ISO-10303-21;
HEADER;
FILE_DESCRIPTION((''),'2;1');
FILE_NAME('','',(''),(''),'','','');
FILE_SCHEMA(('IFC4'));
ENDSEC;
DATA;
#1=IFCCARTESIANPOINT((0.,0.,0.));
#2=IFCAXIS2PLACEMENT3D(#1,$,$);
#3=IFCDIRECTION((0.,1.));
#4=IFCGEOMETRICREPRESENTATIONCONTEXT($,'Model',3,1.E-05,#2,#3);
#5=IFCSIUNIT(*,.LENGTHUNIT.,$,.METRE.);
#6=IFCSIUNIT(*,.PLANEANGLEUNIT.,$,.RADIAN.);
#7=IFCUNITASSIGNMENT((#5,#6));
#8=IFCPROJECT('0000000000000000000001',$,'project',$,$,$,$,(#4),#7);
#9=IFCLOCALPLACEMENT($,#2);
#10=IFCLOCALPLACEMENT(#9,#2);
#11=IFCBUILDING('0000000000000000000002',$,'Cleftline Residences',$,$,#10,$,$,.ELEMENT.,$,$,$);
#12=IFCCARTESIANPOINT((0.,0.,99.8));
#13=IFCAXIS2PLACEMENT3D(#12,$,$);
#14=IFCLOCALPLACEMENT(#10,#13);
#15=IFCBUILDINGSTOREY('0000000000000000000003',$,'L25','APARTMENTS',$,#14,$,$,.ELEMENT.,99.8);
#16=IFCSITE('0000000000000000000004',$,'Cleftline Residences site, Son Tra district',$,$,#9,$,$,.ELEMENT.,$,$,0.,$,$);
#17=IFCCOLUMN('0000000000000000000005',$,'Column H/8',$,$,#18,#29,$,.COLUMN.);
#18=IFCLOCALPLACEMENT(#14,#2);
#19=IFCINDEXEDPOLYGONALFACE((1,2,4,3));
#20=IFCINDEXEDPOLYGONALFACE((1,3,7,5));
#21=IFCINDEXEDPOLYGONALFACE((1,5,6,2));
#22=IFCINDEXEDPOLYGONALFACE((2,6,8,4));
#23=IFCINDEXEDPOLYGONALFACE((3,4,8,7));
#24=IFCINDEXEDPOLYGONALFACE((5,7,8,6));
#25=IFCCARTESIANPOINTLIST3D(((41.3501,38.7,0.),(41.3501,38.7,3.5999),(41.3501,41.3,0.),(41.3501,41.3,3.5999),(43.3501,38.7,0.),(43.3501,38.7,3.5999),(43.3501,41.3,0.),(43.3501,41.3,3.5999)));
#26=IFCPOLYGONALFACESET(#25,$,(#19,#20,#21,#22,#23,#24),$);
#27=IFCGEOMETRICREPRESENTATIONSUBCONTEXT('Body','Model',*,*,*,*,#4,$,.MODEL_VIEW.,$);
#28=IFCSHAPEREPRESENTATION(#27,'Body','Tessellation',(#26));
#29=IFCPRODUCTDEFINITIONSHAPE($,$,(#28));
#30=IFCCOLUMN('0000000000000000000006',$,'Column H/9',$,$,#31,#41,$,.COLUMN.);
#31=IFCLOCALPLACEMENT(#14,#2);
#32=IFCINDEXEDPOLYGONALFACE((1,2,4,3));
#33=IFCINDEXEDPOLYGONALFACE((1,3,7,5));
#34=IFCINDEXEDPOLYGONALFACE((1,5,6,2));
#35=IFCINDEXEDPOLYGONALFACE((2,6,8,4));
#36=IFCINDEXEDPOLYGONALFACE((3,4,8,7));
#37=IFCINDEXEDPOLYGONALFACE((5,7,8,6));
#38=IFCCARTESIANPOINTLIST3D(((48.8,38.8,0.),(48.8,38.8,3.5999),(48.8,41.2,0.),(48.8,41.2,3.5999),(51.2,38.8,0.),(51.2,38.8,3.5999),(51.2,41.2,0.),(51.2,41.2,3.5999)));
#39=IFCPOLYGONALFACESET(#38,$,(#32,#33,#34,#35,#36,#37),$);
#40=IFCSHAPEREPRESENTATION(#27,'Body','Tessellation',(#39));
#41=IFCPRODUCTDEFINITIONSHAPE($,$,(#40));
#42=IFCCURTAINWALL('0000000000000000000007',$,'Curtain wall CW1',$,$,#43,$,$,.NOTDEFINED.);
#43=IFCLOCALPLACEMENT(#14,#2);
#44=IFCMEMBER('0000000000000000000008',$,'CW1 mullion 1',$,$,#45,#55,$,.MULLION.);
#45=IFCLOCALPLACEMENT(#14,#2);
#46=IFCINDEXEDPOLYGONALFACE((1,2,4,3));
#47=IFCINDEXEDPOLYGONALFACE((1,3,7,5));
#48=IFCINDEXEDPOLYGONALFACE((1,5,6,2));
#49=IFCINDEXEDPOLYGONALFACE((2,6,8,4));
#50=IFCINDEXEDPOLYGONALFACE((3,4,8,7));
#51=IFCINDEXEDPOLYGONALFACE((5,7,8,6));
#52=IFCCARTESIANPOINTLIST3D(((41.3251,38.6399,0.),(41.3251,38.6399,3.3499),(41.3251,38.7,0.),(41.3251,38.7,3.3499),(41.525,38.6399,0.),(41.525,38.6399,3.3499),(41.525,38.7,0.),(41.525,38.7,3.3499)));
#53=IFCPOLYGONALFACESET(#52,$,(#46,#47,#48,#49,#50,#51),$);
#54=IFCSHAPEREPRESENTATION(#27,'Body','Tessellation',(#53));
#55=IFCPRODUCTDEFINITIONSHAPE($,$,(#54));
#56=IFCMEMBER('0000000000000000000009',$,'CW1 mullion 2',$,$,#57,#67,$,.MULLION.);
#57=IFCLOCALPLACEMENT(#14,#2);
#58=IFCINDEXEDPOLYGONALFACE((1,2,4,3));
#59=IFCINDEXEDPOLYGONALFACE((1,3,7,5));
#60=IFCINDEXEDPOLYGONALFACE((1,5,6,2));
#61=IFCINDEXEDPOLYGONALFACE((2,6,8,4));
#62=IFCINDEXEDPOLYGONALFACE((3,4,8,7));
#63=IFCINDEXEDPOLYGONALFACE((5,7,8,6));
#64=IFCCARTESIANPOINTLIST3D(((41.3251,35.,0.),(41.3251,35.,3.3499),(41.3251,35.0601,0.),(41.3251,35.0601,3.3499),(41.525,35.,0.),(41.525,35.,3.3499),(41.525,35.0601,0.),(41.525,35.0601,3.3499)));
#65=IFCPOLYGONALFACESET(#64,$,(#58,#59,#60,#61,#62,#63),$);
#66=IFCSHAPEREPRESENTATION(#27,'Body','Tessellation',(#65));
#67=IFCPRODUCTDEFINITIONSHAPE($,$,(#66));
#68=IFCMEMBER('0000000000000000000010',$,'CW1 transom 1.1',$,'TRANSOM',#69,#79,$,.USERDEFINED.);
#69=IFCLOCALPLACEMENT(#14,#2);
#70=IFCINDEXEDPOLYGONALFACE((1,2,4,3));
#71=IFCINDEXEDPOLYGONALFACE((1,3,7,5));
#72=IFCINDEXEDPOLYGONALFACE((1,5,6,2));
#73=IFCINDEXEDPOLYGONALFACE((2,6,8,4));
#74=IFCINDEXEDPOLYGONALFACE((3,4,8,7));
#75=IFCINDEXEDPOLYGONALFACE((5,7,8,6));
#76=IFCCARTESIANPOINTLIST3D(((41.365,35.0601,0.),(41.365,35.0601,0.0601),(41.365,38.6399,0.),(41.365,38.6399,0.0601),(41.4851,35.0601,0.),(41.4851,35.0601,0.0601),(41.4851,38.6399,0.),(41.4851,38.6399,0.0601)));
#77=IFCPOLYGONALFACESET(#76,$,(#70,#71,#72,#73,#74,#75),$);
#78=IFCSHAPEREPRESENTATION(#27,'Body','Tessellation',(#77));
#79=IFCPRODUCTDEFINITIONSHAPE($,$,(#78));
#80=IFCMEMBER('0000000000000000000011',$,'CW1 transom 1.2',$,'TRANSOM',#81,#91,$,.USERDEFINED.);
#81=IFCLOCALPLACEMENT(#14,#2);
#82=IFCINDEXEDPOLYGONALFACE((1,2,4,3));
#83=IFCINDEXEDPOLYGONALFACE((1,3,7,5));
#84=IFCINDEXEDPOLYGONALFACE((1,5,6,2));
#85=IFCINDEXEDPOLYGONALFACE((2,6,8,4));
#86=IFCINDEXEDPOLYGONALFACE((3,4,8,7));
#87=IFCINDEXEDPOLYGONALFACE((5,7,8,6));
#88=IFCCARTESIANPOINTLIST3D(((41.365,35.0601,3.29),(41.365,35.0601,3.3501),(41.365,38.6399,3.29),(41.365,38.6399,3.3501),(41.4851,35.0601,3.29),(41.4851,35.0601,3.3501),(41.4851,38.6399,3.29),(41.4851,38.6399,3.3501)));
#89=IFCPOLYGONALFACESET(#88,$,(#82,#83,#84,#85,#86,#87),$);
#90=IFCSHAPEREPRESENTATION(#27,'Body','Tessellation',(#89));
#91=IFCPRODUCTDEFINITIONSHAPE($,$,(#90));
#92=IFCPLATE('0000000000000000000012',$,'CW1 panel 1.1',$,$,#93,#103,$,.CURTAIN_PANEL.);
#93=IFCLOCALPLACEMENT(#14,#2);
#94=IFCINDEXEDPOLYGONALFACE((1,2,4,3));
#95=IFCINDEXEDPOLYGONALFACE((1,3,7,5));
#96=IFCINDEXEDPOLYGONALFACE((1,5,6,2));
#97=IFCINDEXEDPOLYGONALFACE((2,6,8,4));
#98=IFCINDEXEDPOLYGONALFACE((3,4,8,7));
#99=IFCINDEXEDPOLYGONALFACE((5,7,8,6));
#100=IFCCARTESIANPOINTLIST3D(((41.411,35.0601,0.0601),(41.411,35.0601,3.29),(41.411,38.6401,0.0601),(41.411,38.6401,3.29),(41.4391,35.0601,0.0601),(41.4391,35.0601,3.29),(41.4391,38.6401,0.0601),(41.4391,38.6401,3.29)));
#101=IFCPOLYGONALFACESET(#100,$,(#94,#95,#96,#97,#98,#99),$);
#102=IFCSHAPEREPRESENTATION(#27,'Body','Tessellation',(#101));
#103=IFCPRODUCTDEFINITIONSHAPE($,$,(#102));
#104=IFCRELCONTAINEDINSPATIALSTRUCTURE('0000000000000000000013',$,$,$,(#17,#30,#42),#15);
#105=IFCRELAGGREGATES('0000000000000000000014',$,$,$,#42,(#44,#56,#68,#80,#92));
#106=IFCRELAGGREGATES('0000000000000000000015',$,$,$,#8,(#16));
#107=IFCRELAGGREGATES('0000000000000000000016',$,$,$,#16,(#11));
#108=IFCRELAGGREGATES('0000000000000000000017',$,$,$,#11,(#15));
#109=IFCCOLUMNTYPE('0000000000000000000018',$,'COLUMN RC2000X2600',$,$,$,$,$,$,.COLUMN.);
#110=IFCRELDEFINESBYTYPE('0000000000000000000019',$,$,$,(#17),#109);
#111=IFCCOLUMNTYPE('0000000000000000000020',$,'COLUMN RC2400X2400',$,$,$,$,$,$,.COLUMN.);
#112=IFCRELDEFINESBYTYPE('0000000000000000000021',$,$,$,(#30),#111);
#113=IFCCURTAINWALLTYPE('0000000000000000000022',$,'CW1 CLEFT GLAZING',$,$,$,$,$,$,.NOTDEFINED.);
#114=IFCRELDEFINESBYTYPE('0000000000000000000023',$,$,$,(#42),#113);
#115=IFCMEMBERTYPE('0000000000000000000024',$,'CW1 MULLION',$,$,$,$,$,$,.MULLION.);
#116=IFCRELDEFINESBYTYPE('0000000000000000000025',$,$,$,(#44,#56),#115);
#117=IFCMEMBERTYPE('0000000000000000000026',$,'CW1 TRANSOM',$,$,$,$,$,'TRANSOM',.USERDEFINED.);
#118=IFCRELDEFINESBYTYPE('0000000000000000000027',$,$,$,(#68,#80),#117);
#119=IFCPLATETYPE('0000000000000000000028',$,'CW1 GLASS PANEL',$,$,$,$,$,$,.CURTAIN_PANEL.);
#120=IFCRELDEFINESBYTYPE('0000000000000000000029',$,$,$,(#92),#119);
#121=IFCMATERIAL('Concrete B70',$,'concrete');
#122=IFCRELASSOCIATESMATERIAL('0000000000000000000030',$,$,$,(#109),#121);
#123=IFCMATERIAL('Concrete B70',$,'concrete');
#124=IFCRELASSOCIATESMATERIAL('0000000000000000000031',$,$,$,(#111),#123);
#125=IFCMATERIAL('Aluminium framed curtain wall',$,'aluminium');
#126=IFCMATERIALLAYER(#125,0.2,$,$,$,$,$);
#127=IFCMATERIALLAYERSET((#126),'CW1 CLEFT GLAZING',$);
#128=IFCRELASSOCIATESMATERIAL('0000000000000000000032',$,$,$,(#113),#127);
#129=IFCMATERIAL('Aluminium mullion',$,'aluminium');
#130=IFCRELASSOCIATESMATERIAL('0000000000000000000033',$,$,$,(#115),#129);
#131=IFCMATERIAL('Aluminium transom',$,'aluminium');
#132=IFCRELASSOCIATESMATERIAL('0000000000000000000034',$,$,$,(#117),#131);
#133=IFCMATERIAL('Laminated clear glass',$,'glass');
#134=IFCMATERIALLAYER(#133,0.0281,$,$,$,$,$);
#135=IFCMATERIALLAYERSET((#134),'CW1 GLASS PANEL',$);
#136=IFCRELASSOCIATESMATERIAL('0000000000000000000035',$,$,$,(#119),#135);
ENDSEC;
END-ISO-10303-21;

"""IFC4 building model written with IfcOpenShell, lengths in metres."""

from ifc_helpers import new_model, si_unit, direction, frame, origin, origin_2d, place, context, subcontext, project, spatial, rectangle, extrude, material, layer, layer_set, material_profile, profile_set, type_object, element, aggregate, save


model = new_model("IFC4")

# Units and contexts
model_context = context("Model", 3, precision=1e-05, world=origin(), true_north=direction((0.0, 1.0)))
body_context = subcontext(model_context, "Body", "Model", "MODEL_VIEW")
ifc_project = project(units=[si_unit("LENGTHUNIT", "METRE"), si_unit("PLANEANGLEUNIT", "RADIAN")], contexts=[model_context])

# Site, building, storey
site_placement = place(None, origin())
site = spatial("IfcSite", under=ifc_project, at=site_placement, Name="Cleftline Residences site, Son Tra district", CompositionType="ELEMENT", RefElevation=0.0)
building_placement = place(site_placement, origin())
building = spatial("IfcBuilding", under=site, at=building_placement, Name="Cleftline Residences", CompositionType="ELEMENT")
storey_placement = place(building_placement, frame((0.0, 0.0, 99.8)))
storey = spatial("IfcBuildingStorey", under=building, at=storey_placement, Name="L25", Description="APARTMENTS", CompositionType="ELEMENT", Elevation=99.8)

# Columns
ifc_material_1 = material(Name="Concrete B70", Category="concrete")
ifc_material_profile_1 = material_profile(ifc_material_1, rectangle(XDim=2.0, YDim=2.6001, at=origin_2d()))
ifc_profile_set_1 = profile_set([ifc_material_profile_1], Name="Concrete B70")
column_type_1 = type_object("IfcColumnType", Name="COLUMN RC2000X2600", PredefinedType="COLUMN", material=ifc_profile_set_1)
column_1_placement = place(storey_placement, frame((42.3501, 40.0, 0.0), z_axis=(0.0, 0.0, 1.0), x_axis=(1.0, 0.0, 0.0)))
element("IfcColumn", 1, at=column_1_placement, inside=storey, type_object=column_type_1, Name="Column H/8", PredefinedType="COLUMN", context=body_context, shape_type="SweptSolid", body=[
    extrude(rectangle(XDim=2.0, YDim=2.6001, at=origin_2d()), origin(), (0.0, 0.0, 1.0), 3.5999),
])
ifc_material_2 = material(Name="Concrete B70", Category="concrete")
ifc_material_profile_2 = material_profile(ifc_material_2, rectangle(XDim=2.3999, YDim=2.3999, at=origin_2d()))
ifc_profile_set_2 = profile_set([ifc_material_profile_2], Name="Concrete B70")
column_type_2 = type_object("IfcColumnType", Name="COLUMN RC2400X2400", PredefinedType="COLUMN", material=ifc_profile_set_2)
column_2_placement = place(storey_placement, frame((50.0, 40.0, 0.0), z_axis=(0.0, 0.0, 1.0), x_axis=(1.0, 0.0, 0.0)))
element("IfcColumn", 2, at=column_2_placement, inside=storey, type_object=column_type_2, Name="Column H/9", PredefinedType="COLUMN", context=body_context, shape_type="SweptSolid", body=[
    extrude(rectangle(XDim=2.3999, YDim=2.3999, at=origin_2d()), origin(), (0.0, 0.0, 1.0), 3.5999),
])

# Curtain wall, members, plate
ifc_material_3 = material(Name="Aluminium framed curtain wall", Category="aluminium")
ifc_layer_1 = layer(ifc_material_3, 0.2)
ifc_layer_set_1 = layer_set([ifc_layer_1], Name="CW1 CLEFT GLAZING")
curtain_wall_type = type_object("IfcCurtainWallType", Name="CW1 CLEFT GLAZING", PredefinedType="NOTDEFINED", material=ifc_layer_set_1)
curtain_wall_placement = place(storey_placement, origin())
curtain_wall = element("IfcCurtainWall", 3, at=curtain_wall_placement, inside=storey, type_object=curtain_wall_type, Name="Curtain wall CW1", PredefinedType="NOTDEFINED")
ifc_material_4 = material(Name="Aluminium mullion", Category="aluminium")
ifc_material_profile_3 = material_profile(ifc_material_4, rectangle(XDim=0.2, YDim=0.0601, at=origin_2d()))
ifc_profile_set_3 = profile_set([ifc_material_profile_3], Name="Aluminium mullion")
member_type_1 = type_object("IfcMemberType", Name="CW1 MULLION", PredefinedType="MULLION", material=ifc_profile_set_3)
member_1_placement = place(storey_placement, frame((41.425, 38.6699, 0.0), z_axis=(0.0, 0.0, 1.0), x_axis=(1.0, 0.0, 0.0)))
member_1 = element("IfcMember", 4, at=member_1_placement, type_object=member_type_1, Name="CW1 mullion 1", PredefinedType="MULLION", context=body_context, shape_type="SweptSolid", body=[
    extrude(rectangle(XDim=0.2, YDim=0.0601, at=origin_2d()), origin(), (0.0, 0.0, 1.0), 3.3499),
])
member_2_placement = place(storey_placement, frame((41.425, 35.03, 0.0), z_axis=(0.0, 0.0, 1.0), x_axis=(1.0, 0.0, 0.0)))
member_2 = element("IfcMember", 5, at=member_2_placement, type_object=member_type_1, Name="CW1 mullion 2", PredefinedType="MULLION", context=body_context, shape_type="SweptSolid", body=[
    extrude(rectangle(XDim=0.2, YDim=0.0601, at=origin_2d()), origin(), (0.0, 0.0, 1.0), 3.3499),
])
ifc_material_5 = material(Name="Aluminium transom", Category="aluminium")
ifc_material_profile_4 = material_profile(ifc_material_5, rectangle(XDim=0.1201, YDim=0.0601, at=origin_2d()))
ifc_profile_set_4 = profile_set([ifc_material_profile_4], Name="Aluminium transom")
member_type_2 = type_object("IfcMemberType", Name="CW1 TRANSOM", ElementType="TRANSOM", PredefinedType="USERDEFINED", material=ifc_profile_set_4)
member_3_placement = place(storey_placement, frame((41.425, 38.6399, 0.03), z_axis=(0.0, -1.0, 0.0), x_axis=(1.0, 0.0, 0.0)))
member_3 = element("IfcMember", 6, at=member_3_placement, type_object=member_type_2, Name="CW1 transom 1.1", ObjectType="TRANSOM", PredefinedType="USERDEFINED", context=body_context, shape_type="SweptSolid", body=[
    extrude(rectangle(XDim=0.1201, YDim=0.0601, at=origin_2d()), origin(), (0.0, 0.0, 1.0), 3.5798),
])
member_4_placement = place(storey_placement, frame((41.425, 38.6399, 3.3201), z_axis=(0.0, -1.0, 0.0), x_axis=(1.0, 0.0, 0.0)))
member_4 = element("IfcMember", 7, at=member_4_placement, type_object=member_type_2, Name="CW1 transom 1.2", ObjectType="TRANSOM", PredefinedType="USERDEFINED", context=body_context, shape_type="SweptSolid", body=[
    extrude(rectangle(XDim=0.1201, YDim=0.0601, at=origin_2d()), origin(), (0.0, 0.0, 1.0), 3.5798),
])
ifc_material_6 = material(Name="Laminated clear glass", Category="glass")
ifc_layer_2 = layer(ifc_material_6, 0.0281)
ifc_layer_set_2 = layer_set([ifc_layer_2], Name="CW1 GLASS PANEL")
plate_type = type_object("IfcPlateType", Name="CW1 GLASS PANEL", PredefinedType="CURTAIN_PANEL", material=ifc_layer_set_2)
plate_placement = place(storey_placement, frame((41.425, 36.8501, 0.0601), z_axis=(0.0, 0.0, 1.0), x_axis=(0.0, -1.0, 0.0)))
plate = element("IfcPlate", 8, at=plate_placement, type_object=plate_type, Name="CW1 panel 1.1", PredefinedType="CURTAIN_PANEL", context=body_context, shape_type="SweptSolid", body=[
    extrude(rectangle(XDim=3.5801, YDim=0.0281, at=origin_2d()), origin(), (0.0, 0.0, 1.0), 3.23),
])
aggregate(curtain_wall, [member_1, member_2, member_3, member_4, plate])

save(model, "model.ifc")
